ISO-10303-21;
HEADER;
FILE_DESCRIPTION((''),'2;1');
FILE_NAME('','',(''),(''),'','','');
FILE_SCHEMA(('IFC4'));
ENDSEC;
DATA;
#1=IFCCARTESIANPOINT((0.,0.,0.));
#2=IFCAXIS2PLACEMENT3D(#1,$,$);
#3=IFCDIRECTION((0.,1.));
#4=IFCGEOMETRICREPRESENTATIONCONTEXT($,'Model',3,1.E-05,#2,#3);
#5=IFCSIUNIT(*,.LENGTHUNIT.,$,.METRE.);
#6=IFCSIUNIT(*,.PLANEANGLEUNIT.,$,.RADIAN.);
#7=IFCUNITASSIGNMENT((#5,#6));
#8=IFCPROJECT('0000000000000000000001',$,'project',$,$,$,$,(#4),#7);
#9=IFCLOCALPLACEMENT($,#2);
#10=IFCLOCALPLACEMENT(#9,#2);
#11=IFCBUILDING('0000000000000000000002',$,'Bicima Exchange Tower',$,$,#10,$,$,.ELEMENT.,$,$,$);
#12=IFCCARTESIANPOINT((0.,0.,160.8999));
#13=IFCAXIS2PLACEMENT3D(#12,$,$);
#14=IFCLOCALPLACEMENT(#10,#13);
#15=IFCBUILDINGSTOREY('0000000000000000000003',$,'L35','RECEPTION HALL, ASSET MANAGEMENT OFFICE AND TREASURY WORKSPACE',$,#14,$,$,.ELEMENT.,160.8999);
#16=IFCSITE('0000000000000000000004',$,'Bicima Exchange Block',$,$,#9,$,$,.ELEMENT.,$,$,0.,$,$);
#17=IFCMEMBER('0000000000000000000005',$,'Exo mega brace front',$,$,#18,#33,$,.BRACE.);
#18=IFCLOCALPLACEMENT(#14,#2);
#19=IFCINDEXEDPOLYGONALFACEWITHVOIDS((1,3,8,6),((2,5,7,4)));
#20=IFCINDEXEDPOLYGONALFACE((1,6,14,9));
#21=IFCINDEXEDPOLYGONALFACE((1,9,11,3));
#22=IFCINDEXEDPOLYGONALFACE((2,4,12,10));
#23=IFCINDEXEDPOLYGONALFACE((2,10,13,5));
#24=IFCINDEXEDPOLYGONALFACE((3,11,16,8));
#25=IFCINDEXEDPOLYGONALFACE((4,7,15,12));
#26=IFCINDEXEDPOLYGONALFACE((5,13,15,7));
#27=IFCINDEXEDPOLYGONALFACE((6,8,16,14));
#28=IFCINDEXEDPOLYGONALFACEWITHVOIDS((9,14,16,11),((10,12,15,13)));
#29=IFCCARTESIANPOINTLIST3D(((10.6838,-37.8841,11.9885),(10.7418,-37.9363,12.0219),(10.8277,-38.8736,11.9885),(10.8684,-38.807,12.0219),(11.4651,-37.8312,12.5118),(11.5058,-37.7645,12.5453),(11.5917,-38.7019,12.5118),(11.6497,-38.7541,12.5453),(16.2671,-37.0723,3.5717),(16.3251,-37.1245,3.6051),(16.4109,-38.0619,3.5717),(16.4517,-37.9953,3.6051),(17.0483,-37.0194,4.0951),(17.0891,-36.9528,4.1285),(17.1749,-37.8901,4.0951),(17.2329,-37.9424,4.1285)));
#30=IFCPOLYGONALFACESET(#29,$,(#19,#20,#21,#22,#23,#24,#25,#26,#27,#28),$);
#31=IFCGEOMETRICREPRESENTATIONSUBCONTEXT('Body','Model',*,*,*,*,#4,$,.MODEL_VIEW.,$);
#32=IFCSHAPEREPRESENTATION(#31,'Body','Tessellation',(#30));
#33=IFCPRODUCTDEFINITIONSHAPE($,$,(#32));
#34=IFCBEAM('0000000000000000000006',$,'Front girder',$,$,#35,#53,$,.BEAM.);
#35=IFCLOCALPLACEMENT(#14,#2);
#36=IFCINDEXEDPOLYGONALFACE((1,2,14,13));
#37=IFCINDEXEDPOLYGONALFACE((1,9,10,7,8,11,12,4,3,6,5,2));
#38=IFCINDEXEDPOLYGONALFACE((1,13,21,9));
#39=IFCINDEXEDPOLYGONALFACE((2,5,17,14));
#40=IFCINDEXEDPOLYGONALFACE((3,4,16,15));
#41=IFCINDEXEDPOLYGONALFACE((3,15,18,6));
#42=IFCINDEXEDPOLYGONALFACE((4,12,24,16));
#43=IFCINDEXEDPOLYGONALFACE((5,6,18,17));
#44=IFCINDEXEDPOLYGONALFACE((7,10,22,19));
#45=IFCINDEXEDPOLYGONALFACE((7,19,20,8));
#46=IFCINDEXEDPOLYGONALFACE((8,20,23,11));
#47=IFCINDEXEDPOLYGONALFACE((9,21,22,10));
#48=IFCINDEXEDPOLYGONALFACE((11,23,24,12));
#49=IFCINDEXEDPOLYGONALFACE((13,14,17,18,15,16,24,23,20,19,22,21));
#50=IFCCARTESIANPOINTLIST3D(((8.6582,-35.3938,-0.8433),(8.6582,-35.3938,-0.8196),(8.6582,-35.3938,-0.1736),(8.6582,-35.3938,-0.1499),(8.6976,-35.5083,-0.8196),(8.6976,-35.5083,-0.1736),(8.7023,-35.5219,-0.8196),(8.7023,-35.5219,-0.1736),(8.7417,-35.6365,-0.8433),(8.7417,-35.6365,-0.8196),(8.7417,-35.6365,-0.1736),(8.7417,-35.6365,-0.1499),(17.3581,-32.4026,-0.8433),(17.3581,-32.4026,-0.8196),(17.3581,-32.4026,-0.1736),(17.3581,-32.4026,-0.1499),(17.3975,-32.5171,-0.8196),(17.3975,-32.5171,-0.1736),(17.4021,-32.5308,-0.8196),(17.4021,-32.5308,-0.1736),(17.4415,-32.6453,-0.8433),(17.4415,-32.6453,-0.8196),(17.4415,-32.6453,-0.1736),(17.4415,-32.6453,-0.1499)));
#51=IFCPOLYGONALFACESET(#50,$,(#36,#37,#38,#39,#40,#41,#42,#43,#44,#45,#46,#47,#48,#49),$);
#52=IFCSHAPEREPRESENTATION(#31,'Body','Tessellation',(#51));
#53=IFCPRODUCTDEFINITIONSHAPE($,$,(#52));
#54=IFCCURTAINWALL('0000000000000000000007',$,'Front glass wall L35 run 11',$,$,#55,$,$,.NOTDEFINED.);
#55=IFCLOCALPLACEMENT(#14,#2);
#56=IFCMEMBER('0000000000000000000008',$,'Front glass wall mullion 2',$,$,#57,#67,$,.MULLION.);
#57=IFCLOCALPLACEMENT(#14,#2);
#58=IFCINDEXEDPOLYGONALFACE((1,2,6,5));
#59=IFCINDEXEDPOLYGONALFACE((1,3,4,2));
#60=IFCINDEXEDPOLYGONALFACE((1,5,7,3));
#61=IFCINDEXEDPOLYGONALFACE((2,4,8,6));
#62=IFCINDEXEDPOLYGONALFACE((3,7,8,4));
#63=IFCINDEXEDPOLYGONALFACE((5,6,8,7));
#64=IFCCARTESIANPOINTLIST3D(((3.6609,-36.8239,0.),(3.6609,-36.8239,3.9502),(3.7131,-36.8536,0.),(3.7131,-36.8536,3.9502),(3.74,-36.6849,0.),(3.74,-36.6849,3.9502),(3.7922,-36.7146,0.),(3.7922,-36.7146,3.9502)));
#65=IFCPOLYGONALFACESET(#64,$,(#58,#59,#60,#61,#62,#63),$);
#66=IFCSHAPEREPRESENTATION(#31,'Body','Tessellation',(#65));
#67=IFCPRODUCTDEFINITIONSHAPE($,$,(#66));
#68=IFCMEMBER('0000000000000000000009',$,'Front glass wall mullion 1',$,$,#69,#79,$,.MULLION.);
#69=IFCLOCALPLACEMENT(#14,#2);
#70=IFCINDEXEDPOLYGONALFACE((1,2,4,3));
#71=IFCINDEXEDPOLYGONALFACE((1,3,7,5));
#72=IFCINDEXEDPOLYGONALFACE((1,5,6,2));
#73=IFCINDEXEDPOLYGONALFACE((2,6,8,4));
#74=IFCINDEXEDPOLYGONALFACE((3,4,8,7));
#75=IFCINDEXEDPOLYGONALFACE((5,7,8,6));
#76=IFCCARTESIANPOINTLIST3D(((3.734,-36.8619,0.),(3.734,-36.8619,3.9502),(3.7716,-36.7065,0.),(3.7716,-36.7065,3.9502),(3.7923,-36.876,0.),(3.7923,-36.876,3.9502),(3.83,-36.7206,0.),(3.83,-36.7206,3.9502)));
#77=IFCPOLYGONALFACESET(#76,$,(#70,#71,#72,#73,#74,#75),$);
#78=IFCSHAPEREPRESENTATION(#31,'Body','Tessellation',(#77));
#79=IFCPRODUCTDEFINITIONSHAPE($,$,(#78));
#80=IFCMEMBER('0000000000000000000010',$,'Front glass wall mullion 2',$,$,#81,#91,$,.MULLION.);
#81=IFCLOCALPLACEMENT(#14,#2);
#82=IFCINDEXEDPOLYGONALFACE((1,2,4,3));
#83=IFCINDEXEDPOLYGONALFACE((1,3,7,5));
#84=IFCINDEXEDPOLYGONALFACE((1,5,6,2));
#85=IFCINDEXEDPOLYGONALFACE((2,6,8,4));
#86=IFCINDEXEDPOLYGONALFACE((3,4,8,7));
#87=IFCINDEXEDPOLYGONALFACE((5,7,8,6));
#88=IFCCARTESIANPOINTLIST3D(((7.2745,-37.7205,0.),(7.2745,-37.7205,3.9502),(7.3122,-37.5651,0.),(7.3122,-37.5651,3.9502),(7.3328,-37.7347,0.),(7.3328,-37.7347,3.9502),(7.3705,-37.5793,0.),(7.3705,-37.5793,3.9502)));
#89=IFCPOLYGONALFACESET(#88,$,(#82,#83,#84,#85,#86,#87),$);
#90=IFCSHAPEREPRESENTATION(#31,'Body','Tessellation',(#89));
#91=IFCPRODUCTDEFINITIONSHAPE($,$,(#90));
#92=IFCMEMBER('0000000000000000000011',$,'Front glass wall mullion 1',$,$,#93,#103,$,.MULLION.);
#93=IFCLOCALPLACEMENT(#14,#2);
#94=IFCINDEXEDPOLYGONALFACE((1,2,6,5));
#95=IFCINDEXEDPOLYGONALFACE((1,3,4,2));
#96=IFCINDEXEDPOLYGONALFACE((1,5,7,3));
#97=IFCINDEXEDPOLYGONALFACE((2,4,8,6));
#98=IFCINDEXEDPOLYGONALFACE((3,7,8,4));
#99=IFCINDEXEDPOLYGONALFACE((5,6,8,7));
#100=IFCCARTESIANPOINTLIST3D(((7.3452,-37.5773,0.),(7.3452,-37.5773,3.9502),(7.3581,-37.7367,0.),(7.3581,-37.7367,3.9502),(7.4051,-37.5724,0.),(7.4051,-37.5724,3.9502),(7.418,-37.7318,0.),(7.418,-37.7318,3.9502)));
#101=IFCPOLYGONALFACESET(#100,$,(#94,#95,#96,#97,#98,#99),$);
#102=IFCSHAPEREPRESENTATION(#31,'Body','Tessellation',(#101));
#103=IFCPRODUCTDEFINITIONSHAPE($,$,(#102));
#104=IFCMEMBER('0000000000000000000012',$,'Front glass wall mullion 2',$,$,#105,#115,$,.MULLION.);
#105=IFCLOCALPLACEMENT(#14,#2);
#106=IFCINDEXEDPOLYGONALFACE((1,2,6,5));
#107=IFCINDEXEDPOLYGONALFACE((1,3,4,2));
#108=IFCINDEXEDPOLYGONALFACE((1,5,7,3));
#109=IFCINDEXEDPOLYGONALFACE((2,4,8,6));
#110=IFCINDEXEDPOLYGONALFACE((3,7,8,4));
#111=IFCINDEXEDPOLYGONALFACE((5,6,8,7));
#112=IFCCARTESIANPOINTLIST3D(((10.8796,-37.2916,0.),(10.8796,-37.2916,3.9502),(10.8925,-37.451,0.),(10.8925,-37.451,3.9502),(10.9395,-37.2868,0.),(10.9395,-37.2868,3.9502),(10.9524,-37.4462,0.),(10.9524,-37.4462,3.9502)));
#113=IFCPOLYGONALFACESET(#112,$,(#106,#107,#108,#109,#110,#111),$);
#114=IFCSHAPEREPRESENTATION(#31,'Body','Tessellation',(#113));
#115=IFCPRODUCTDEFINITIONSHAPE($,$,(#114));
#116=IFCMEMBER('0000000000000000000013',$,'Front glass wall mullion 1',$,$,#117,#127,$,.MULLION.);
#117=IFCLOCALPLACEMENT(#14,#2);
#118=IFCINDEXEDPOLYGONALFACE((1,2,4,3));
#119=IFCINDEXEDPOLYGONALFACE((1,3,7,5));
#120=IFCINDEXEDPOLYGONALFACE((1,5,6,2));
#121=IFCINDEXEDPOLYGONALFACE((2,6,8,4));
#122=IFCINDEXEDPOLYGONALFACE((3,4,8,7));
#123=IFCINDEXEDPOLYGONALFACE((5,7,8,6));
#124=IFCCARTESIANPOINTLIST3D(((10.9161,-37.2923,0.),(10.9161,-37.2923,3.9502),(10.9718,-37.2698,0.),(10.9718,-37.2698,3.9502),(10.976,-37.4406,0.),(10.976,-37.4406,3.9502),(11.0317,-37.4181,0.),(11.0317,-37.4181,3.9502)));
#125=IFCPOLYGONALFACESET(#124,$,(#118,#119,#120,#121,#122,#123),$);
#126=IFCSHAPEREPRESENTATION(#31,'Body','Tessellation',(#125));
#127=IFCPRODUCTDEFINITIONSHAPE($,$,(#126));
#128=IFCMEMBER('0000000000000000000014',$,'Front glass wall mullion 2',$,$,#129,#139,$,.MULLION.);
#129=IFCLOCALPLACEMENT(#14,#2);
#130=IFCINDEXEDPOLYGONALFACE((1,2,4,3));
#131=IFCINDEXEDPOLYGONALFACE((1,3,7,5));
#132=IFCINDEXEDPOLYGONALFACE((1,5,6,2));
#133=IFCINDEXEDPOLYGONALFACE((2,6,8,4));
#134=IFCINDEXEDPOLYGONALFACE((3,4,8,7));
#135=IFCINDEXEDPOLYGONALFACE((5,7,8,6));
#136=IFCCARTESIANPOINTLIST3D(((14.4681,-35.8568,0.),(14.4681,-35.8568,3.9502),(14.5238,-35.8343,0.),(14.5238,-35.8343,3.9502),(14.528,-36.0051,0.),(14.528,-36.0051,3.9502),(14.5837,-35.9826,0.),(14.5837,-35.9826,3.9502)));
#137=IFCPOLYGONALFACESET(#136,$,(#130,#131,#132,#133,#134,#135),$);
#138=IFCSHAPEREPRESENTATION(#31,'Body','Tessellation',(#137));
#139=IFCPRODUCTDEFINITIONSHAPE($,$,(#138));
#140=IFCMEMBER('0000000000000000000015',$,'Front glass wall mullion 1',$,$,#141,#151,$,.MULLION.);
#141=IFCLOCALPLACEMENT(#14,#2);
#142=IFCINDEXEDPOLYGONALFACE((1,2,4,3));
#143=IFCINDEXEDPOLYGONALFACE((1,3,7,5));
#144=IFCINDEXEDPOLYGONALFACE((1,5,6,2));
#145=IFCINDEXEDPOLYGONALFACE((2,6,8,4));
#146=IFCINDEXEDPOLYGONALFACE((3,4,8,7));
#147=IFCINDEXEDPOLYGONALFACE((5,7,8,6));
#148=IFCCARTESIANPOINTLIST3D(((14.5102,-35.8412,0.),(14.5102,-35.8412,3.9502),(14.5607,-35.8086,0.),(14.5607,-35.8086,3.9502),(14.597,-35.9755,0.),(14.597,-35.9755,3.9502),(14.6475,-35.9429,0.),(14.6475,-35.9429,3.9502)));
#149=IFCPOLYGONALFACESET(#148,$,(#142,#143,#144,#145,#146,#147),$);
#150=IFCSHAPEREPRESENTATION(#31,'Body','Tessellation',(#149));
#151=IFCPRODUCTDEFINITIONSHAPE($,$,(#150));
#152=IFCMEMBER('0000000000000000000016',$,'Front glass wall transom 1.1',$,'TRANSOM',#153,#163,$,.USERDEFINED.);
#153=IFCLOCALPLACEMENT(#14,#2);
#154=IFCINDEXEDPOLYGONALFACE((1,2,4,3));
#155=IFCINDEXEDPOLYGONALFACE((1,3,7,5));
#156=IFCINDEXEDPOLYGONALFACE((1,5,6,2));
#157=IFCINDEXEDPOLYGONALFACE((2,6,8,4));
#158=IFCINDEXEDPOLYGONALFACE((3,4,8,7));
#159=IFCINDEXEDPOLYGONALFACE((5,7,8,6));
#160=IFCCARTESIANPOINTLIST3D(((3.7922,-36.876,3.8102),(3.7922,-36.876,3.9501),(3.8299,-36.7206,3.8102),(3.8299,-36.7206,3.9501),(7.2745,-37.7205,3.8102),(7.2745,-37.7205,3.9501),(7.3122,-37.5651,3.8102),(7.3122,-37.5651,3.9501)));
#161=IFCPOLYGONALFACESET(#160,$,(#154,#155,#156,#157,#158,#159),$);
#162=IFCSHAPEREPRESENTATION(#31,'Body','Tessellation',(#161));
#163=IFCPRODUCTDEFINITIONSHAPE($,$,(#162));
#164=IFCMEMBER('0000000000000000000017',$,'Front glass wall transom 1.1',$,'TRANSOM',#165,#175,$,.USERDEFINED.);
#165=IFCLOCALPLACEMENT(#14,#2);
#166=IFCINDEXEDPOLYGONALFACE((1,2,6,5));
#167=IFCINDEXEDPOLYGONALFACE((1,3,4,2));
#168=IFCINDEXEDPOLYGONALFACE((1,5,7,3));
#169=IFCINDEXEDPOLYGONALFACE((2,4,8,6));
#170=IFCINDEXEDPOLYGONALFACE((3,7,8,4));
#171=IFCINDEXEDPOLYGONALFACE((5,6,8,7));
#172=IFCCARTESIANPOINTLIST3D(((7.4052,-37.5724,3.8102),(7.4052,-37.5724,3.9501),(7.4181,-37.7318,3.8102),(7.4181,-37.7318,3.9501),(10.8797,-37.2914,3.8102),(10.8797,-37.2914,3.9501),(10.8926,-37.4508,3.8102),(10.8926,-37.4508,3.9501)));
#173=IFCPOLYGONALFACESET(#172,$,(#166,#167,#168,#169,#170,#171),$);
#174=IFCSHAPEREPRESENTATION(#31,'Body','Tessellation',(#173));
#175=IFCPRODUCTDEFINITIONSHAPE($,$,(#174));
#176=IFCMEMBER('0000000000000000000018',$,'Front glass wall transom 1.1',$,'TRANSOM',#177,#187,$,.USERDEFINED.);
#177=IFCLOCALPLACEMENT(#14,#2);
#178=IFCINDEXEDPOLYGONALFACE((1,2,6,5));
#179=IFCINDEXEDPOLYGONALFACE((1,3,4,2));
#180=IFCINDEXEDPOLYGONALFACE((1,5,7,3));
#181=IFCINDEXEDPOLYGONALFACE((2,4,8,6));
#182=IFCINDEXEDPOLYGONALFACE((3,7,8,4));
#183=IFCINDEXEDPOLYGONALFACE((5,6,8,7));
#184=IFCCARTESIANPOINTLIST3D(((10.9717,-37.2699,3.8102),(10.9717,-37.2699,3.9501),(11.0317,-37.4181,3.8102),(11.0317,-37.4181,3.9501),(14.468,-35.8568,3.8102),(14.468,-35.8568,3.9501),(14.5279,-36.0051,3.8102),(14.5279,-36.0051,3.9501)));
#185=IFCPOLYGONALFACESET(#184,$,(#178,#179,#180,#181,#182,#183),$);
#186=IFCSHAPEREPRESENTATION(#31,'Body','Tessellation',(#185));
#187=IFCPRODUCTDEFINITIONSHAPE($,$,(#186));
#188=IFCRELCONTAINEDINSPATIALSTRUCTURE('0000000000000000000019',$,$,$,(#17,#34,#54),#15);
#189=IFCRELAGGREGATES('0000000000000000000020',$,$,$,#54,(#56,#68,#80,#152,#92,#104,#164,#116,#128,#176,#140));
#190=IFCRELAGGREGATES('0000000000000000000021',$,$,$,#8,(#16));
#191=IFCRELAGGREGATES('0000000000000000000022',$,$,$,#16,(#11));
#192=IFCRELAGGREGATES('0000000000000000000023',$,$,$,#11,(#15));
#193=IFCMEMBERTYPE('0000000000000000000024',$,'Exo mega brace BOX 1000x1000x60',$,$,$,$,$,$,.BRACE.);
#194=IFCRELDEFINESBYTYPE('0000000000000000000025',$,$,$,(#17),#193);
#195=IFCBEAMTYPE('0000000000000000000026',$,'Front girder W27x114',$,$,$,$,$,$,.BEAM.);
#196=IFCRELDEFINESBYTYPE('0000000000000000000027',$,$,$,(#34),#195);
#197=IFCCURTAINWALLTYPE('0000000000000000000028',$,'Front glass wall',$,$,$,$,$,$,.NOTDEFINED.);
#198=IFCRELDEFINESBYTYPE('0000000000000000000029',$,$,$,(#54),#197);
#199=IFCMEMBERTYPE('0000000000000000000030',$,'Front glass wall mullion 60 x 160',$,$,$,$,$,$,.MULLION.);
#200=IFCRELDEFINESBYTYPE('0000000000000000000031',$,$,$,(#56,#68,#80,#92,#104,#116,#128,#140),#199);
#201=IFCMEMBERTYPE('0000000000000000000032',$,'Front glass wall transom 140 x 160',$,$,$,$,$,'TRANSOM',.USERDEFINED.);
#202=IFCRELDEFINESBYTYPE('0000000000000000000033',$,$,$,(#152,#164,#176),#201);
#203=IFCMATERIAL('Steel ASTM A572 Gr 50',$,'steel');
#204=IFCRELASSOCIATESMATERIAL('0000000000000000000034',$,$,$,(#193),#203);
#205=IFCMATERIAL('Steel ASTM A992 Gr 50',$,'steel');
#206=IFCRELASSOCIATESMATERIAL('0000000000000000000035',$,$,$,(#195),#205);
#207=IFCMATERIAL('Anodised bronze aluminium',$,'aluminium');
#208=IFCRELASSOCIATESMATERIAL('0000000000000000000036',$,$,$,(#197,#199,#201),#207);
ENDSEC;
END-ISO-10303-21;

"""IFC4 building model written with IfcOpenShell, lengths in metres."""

from ifc_helpers import new_model, si_unit, direction, frame, origin, origin_2d, place, context, subcontext, project, spatial, rectangle, hollow_rectangle, i_section, extrude, material, material_profile, profile_set, type_object, element, aggregate, save


model = new_model("IFC4")

# Units and contexts
model_context = context("Model", 3, precision=1e-05, world=origin(), true_north=direction((0.0, 1.0)))
body_context = subcontext(model_context, "Body", "Model", "MODEL_VIEW")
ifc_project = project(units=[si_unit("LENGTHUNIT", "METRE"), si_unit("PLANEANGLEUNIT", "RADIAN")], contexts=[model_context])

# Site, building, storey
site_placement = place(None, origin())
site = spatial("IfcSite", under=ifc_project, at=site_placement, Name="Bicima Exchange Block", CompositionType="ELEMENT", RefElevation=0.0)
building_placement = place(site_placement, origin())
building = spatial("IfcBuilding", under=site, at=building_placement, Name="Bicima Exchange Tower", CompositionType="ELEMENT")
storey_placement = place(building_placement, frame((0.0, 0.0, 160.8999)))
storey = spatial("IfcBuildingStorey", under=building, at=storey_placement, Name="L35", Description="RECEPTION HALL, ASSET MANAGEMENT OFFICE AND TREASURY WORKSPACE", CompositionType="ELEMENT", Elevation=160.8999)

# Member
ifc_material_1 = material(Name="Steel ASTM A572 Gr 50", Category="steel")
ifc_material_profile_1 = material_profile(ifc_material_1, hollow_rectangle(XDim=1.0, YDim=1.0, WallThickness=0.0601, at=origin_2d()))
ifc_profile_set_1 = profile_set([ifc_material_profile_1], Name="Steel ASTM A572 Gr 50")
member_type_1 = type_object("IfcMemberType", Name="Exo mega brace BOX 1000x1000x60", PredefinedType="BRACE", material=ifc_profile_set_1)
member_1_placement = place(storey_placement, frame((16.75, -37.5073, 3.8501), z_axis=(-0.551009, -0.080113, 0.830645), x_axis=(0.143881, -0.989595, 0.0)))
element("IfcMember", 1, at=member_1_placement, inside=storey, type_object=member_type_1, Name="Exo mega brace front", PredefinedType="BRACE", context=body_context, shape_type="SweptSolid", body=[
    extrude(hollow_rectangle(XDim=1.0, YDim=1.0, WallThickness=0.0601, at=origin_2d()), origin(), (0.0, 0.0, 1.0), 10.1328),
])

# Beam
ifc_material_2 = material(Name="Steel ASTM A992 Gr 50", Category="steel")
ifc_material_profile_2 = material_profile(ifc_material_2, i_section(OverallWidth=0.2566, OverallDepth=0.6934, WebThickness=0.0144, FlangeThickness=0.0237, at=origin_2d()))
ifc_profile_set_2 = profile_set([ifc_material_profile_2], Name="Steel ASTM A992 Gr 50")
beam_type = type_object("IfcBeamType", Name="Front girder W27x114", PredefinedType="BEAM", material=ifc_profile_set_2)
beam_placement = place(storey_placement, frame((8.7, -35.5151, -0.4966), z_axis=(0.945666, 0.325138, 0.0), x_axis=(-0.325138, 0.945666, 0.0)))
element("IfcBeam", 2, at=beam_placement, inside=storey, type_object=beam_type, Name="Front girder", PredefinedType="BEAM", context=body_context, shape_type="SweptSolid", body=[
    extrude(i_section(OverallWidth=0.2566, OverallDepth=0.6934, WebThickness=0.0144, FlangeThickness=0.0237, at=origin_2d()), origin(), (0.0, 0.0, 1.0), 9.1997),
])

# Curtain wall, members
ifc_material_3 = material(Name="Anodised bronze aluminium", Category="aluminium")
curtain_wall_type = type_object("IfcCurtainWallType", Name="Front glass wall", PredefinedType="NOTDEFINED", material=ifc_material_3)
curtain_wall_placement = place(storey_placement, origin())
curtain_wall = element("IfcCurtainWall", 3, at=curtain_wall_placement, inside=storey, type_object=curtain_wall_type, Name="Front glass wall L35 run 11", PredefinedType="NOTDEFINED")
ifc_material_profile_3 = material_profile(ifc_material_3, rectangle(XDim=0.1599, YDim=0.0601, at=origin_2d()))
ifc_profile_set_3 = profile_set([ifc_material_profile_3], Name="Anodised bronze aluminium")
member_type_2 = type_object("IfcMemberType", Name="Front glass wall mullion 60 x 160", PredefinedType="MULLION", material=ifc_profile_set_3)
member_2_placement = place(storey_placement, frame((3.7266, -36.7693, 0.0), z_axis=(0.0, 0.0, 1.0), x_axis=(0.49433, 0.869274, 0.0)))
member_2 = element("IfcMember", 4, at=member_2_placement, type_object=member_type_2, Name="Front glass wall mullion 2", PredefinedType="MULLION", context=body_context, shape_type="SweptSolid", body=[
    extrude(rectangle(XDim=0.1599, YDim=0.0601, at=origin_2d()), origin(), (0.0, 0.0, 1.0), 3.9502),
])
member_3_placement = place(storey_placement, frame((3.782, -36.7913, 0.0), z_axis=(0.0, 0.0, 1.0), x_axis=(0.235682, 0.97183, 0.0)))
member_3 = element("IfcMember", 5, at=member_3_placement, type_object=member_type_2, Name="Front glass wall mullion 1", PredefinedType="MULLION", context=body_context, shape_type="SweptSolid", body=[
    extrude(rectangle(XDim=0.1599, YDim=0.0601, at=origin_2d()), origin(), (0.0, 0.0, 1.0), 3.9502),
])
member_4_placement = place(storey_placement, frame((7.3225, -37.6499, 0.0), z_axis=(0.0, 0.0, 1.0), x_axis=(0.235682, 0.97183, 0.0)))
member_4 = element("IfcMember", 6, at=member_4_placement, type_object=member_type_2, Name="Front glass wall mullion 2", PredefinedType="MULLION", context=body_context, shape_type="SweptSolid", body=[
    extrude(rectangle(XDim=0.1599, YDim=0.0601, at=origin_2d()), origin(), (0.0, 0.0, 1.0), 3.9502),
])
member_5_placement = place(storey_placement, frame((7.3816, -37.6545, 0.0), z_axis=(0.0, 0.0, 1.0), x_axis=(-0.080589, 0.996747, 0.0)))
member_5 = element("IfcMember", 7, at=member_5_placement, type_object=member_type_2, Name="Front glass wall mullion 1", PredefinedType="MULLION", context=body_context, shape_type="SweptSolid", body=[
    extrude(rectangle(XDim=0.1599, YDim=0.0601, at=origin_2d()), origin(), (0.0, 0.0, 1.0), 3.9502),
])
member_6_placement = place(storey_placement, frame((10.916, -37.3689, 0.0), z_axis=(0.0, 0.0, 1.0), x_axis=(-0.080589, 0.996747, 0.0)))
member_6 = element("IfcMember", 8, at=member_6_placement, type_object=member_type_2, Name="Front glass wall mullion 2", PredefinedType="MULLION", context=body_context, shape_type="SweptSolid", body=[
    extrude(rectangle(XDim=0.1599, YDim=0.0601, at=origin_2d()), origin(), (0.0, 0.0, 1.0), 3.9502),
])
member_7_placement = place(storey_placement, frame((10.9739, -37.3552, 0.0), z_axis=(0.0, 0.0, 1.0), x_axis=(-0.374705, 0.927144, 0.0)))
member_7 = element("IfcMember", 9, at=member_7_placement, type_object=member_type_2, Name="Front glass wall mullion 1", PredefinedType="MULLION", context=body_context, shape_type="SweptSolid", body=[
    extrude(rectangle(XDim=0.1599, YDim=0.0601, at=origin_2d()), origin(), (0.0, 0.0, 1.0), 3.9502),
])
member_8_placement = place(storey_placement, frame((14.5259, -35.9197, 0.0), z_axis=(0.0, 0.0, 1.0), x_axis=(-0.374705, 0.927144, 0.0)))
member_8 = element("IfcMember", 10, at=member_8_placement, type_object=member_type_2, Name="Front glass wall mullion 2", PredefinedType="MULLION", context=body_context, shape_type="SweptSolid", body=[
    extrude(rectangle(XDim=0.1599, YDim=0.0601, at=origin_2d()), origin(), (0.0, 0.0, 1.0), 3.9502),
])
member_9_placement = place(storey_placement, frame((14.5789, -35.8921, 0.0), z_axis=(0.0, 0.0, 1.0), x_axis=(-0.542909, 0.839791, 0.0)))
member_9 = element("IfcMember", 11, at=member_9_placement, type_object=member_type_2, Name="Front glass wall mullion 1", PredefinedType="MULLION", context=body_context, shape_type="SweptSolid", body=[
    extrude(rectangle(XDim=0.1599, YDim=0.0601, at=origin_2d()), origin(), (0.0, 0.0, 1.0), 3.9502),
])
ifc_material_profile_4 = material_profile(ifc_material_3, rectangle(XDim=0.1599, YDim=0.1399, at=origin_2d()))
ifc_profile_set_4 = profile_set([ifc_material_profile_4], Name="Anodised bronze aluminium")
member_type_3 = type_object("IfcMemberType", Name="Front glass wall transom 140 x 160", ElementType="TRANSOM", PredefinedType="USERDEFINED", material=ifc_profile_set_4)
member_10_placement = place(storey_placement, frame((3.811, -36.7983, 3.8801), z_axis=(0.971834, -0.235668, 0.0), x_axis=(0.235668, 0.971834, 0.0)))
member_10 = element("IfcMember", 12, at=member_10_placement, type_object=member_type_3, Name="Front glass wall transom 1.1", ObjectType="TRANSOM", PredefinedType="USERDEFINED", context=body_context, shape_type="SweptSolid", body=[
    extrude(rectangle(XDim=0.1599, YDim=0.1399, at=origin_2d()), origin(), (0.0, 0.0, 1.0), 3.5833),
])
member_11_placement = place(storey_placement, frame((7.4116, -37.6521, 3.8801), z_axis=(0.996746, 0.080611, 0.0), x_axis=(-0.080611, 0.996746, 0.0)))
member_11 = element("IfcMember", 13, at=member_11_placement, type_object=member_type_3, Name="Front glass wall transom 1.1", ObjectType="TRANSOM", PredefinedType="USERDEFINED", context=body_context, shape_type="SweptSolid", body=[
    extrude(rectangle(XDim=0.1599, YDim=0.1399, at=origin_2d()), origin(), (0.0, 0.0, 1.0), 3.4858),
])
member_12_placement = place(storey_placement, frame((11.0017, -37.344, 3.8801), z_axis=(0.92714, 0.374715, 0.0), x_axis=(-0.374715, 0.92714, 0.0)))
member_12 = element("IfcMember", 14, at=member_12_placement, type_object=member_type_3, Name="Front glass wall transom 1.1", ObjectType="TRANSOM", PredefinedType="USERDEFINED", context=body_context, shape_type="SweptSolid", body=[
    extrude(rectangle(XDim=0.1599, YDim=0.1399, at=origin_2d()), origin(), (0.0, 0.0, 1.0), 3.771),
])

aggregate(curtain_wall, [member_2, member_3, member_4, member_10, member_5, member_6, member_11, member_7, member_8, member_12, member_9])

save(model, "model.ifc")
